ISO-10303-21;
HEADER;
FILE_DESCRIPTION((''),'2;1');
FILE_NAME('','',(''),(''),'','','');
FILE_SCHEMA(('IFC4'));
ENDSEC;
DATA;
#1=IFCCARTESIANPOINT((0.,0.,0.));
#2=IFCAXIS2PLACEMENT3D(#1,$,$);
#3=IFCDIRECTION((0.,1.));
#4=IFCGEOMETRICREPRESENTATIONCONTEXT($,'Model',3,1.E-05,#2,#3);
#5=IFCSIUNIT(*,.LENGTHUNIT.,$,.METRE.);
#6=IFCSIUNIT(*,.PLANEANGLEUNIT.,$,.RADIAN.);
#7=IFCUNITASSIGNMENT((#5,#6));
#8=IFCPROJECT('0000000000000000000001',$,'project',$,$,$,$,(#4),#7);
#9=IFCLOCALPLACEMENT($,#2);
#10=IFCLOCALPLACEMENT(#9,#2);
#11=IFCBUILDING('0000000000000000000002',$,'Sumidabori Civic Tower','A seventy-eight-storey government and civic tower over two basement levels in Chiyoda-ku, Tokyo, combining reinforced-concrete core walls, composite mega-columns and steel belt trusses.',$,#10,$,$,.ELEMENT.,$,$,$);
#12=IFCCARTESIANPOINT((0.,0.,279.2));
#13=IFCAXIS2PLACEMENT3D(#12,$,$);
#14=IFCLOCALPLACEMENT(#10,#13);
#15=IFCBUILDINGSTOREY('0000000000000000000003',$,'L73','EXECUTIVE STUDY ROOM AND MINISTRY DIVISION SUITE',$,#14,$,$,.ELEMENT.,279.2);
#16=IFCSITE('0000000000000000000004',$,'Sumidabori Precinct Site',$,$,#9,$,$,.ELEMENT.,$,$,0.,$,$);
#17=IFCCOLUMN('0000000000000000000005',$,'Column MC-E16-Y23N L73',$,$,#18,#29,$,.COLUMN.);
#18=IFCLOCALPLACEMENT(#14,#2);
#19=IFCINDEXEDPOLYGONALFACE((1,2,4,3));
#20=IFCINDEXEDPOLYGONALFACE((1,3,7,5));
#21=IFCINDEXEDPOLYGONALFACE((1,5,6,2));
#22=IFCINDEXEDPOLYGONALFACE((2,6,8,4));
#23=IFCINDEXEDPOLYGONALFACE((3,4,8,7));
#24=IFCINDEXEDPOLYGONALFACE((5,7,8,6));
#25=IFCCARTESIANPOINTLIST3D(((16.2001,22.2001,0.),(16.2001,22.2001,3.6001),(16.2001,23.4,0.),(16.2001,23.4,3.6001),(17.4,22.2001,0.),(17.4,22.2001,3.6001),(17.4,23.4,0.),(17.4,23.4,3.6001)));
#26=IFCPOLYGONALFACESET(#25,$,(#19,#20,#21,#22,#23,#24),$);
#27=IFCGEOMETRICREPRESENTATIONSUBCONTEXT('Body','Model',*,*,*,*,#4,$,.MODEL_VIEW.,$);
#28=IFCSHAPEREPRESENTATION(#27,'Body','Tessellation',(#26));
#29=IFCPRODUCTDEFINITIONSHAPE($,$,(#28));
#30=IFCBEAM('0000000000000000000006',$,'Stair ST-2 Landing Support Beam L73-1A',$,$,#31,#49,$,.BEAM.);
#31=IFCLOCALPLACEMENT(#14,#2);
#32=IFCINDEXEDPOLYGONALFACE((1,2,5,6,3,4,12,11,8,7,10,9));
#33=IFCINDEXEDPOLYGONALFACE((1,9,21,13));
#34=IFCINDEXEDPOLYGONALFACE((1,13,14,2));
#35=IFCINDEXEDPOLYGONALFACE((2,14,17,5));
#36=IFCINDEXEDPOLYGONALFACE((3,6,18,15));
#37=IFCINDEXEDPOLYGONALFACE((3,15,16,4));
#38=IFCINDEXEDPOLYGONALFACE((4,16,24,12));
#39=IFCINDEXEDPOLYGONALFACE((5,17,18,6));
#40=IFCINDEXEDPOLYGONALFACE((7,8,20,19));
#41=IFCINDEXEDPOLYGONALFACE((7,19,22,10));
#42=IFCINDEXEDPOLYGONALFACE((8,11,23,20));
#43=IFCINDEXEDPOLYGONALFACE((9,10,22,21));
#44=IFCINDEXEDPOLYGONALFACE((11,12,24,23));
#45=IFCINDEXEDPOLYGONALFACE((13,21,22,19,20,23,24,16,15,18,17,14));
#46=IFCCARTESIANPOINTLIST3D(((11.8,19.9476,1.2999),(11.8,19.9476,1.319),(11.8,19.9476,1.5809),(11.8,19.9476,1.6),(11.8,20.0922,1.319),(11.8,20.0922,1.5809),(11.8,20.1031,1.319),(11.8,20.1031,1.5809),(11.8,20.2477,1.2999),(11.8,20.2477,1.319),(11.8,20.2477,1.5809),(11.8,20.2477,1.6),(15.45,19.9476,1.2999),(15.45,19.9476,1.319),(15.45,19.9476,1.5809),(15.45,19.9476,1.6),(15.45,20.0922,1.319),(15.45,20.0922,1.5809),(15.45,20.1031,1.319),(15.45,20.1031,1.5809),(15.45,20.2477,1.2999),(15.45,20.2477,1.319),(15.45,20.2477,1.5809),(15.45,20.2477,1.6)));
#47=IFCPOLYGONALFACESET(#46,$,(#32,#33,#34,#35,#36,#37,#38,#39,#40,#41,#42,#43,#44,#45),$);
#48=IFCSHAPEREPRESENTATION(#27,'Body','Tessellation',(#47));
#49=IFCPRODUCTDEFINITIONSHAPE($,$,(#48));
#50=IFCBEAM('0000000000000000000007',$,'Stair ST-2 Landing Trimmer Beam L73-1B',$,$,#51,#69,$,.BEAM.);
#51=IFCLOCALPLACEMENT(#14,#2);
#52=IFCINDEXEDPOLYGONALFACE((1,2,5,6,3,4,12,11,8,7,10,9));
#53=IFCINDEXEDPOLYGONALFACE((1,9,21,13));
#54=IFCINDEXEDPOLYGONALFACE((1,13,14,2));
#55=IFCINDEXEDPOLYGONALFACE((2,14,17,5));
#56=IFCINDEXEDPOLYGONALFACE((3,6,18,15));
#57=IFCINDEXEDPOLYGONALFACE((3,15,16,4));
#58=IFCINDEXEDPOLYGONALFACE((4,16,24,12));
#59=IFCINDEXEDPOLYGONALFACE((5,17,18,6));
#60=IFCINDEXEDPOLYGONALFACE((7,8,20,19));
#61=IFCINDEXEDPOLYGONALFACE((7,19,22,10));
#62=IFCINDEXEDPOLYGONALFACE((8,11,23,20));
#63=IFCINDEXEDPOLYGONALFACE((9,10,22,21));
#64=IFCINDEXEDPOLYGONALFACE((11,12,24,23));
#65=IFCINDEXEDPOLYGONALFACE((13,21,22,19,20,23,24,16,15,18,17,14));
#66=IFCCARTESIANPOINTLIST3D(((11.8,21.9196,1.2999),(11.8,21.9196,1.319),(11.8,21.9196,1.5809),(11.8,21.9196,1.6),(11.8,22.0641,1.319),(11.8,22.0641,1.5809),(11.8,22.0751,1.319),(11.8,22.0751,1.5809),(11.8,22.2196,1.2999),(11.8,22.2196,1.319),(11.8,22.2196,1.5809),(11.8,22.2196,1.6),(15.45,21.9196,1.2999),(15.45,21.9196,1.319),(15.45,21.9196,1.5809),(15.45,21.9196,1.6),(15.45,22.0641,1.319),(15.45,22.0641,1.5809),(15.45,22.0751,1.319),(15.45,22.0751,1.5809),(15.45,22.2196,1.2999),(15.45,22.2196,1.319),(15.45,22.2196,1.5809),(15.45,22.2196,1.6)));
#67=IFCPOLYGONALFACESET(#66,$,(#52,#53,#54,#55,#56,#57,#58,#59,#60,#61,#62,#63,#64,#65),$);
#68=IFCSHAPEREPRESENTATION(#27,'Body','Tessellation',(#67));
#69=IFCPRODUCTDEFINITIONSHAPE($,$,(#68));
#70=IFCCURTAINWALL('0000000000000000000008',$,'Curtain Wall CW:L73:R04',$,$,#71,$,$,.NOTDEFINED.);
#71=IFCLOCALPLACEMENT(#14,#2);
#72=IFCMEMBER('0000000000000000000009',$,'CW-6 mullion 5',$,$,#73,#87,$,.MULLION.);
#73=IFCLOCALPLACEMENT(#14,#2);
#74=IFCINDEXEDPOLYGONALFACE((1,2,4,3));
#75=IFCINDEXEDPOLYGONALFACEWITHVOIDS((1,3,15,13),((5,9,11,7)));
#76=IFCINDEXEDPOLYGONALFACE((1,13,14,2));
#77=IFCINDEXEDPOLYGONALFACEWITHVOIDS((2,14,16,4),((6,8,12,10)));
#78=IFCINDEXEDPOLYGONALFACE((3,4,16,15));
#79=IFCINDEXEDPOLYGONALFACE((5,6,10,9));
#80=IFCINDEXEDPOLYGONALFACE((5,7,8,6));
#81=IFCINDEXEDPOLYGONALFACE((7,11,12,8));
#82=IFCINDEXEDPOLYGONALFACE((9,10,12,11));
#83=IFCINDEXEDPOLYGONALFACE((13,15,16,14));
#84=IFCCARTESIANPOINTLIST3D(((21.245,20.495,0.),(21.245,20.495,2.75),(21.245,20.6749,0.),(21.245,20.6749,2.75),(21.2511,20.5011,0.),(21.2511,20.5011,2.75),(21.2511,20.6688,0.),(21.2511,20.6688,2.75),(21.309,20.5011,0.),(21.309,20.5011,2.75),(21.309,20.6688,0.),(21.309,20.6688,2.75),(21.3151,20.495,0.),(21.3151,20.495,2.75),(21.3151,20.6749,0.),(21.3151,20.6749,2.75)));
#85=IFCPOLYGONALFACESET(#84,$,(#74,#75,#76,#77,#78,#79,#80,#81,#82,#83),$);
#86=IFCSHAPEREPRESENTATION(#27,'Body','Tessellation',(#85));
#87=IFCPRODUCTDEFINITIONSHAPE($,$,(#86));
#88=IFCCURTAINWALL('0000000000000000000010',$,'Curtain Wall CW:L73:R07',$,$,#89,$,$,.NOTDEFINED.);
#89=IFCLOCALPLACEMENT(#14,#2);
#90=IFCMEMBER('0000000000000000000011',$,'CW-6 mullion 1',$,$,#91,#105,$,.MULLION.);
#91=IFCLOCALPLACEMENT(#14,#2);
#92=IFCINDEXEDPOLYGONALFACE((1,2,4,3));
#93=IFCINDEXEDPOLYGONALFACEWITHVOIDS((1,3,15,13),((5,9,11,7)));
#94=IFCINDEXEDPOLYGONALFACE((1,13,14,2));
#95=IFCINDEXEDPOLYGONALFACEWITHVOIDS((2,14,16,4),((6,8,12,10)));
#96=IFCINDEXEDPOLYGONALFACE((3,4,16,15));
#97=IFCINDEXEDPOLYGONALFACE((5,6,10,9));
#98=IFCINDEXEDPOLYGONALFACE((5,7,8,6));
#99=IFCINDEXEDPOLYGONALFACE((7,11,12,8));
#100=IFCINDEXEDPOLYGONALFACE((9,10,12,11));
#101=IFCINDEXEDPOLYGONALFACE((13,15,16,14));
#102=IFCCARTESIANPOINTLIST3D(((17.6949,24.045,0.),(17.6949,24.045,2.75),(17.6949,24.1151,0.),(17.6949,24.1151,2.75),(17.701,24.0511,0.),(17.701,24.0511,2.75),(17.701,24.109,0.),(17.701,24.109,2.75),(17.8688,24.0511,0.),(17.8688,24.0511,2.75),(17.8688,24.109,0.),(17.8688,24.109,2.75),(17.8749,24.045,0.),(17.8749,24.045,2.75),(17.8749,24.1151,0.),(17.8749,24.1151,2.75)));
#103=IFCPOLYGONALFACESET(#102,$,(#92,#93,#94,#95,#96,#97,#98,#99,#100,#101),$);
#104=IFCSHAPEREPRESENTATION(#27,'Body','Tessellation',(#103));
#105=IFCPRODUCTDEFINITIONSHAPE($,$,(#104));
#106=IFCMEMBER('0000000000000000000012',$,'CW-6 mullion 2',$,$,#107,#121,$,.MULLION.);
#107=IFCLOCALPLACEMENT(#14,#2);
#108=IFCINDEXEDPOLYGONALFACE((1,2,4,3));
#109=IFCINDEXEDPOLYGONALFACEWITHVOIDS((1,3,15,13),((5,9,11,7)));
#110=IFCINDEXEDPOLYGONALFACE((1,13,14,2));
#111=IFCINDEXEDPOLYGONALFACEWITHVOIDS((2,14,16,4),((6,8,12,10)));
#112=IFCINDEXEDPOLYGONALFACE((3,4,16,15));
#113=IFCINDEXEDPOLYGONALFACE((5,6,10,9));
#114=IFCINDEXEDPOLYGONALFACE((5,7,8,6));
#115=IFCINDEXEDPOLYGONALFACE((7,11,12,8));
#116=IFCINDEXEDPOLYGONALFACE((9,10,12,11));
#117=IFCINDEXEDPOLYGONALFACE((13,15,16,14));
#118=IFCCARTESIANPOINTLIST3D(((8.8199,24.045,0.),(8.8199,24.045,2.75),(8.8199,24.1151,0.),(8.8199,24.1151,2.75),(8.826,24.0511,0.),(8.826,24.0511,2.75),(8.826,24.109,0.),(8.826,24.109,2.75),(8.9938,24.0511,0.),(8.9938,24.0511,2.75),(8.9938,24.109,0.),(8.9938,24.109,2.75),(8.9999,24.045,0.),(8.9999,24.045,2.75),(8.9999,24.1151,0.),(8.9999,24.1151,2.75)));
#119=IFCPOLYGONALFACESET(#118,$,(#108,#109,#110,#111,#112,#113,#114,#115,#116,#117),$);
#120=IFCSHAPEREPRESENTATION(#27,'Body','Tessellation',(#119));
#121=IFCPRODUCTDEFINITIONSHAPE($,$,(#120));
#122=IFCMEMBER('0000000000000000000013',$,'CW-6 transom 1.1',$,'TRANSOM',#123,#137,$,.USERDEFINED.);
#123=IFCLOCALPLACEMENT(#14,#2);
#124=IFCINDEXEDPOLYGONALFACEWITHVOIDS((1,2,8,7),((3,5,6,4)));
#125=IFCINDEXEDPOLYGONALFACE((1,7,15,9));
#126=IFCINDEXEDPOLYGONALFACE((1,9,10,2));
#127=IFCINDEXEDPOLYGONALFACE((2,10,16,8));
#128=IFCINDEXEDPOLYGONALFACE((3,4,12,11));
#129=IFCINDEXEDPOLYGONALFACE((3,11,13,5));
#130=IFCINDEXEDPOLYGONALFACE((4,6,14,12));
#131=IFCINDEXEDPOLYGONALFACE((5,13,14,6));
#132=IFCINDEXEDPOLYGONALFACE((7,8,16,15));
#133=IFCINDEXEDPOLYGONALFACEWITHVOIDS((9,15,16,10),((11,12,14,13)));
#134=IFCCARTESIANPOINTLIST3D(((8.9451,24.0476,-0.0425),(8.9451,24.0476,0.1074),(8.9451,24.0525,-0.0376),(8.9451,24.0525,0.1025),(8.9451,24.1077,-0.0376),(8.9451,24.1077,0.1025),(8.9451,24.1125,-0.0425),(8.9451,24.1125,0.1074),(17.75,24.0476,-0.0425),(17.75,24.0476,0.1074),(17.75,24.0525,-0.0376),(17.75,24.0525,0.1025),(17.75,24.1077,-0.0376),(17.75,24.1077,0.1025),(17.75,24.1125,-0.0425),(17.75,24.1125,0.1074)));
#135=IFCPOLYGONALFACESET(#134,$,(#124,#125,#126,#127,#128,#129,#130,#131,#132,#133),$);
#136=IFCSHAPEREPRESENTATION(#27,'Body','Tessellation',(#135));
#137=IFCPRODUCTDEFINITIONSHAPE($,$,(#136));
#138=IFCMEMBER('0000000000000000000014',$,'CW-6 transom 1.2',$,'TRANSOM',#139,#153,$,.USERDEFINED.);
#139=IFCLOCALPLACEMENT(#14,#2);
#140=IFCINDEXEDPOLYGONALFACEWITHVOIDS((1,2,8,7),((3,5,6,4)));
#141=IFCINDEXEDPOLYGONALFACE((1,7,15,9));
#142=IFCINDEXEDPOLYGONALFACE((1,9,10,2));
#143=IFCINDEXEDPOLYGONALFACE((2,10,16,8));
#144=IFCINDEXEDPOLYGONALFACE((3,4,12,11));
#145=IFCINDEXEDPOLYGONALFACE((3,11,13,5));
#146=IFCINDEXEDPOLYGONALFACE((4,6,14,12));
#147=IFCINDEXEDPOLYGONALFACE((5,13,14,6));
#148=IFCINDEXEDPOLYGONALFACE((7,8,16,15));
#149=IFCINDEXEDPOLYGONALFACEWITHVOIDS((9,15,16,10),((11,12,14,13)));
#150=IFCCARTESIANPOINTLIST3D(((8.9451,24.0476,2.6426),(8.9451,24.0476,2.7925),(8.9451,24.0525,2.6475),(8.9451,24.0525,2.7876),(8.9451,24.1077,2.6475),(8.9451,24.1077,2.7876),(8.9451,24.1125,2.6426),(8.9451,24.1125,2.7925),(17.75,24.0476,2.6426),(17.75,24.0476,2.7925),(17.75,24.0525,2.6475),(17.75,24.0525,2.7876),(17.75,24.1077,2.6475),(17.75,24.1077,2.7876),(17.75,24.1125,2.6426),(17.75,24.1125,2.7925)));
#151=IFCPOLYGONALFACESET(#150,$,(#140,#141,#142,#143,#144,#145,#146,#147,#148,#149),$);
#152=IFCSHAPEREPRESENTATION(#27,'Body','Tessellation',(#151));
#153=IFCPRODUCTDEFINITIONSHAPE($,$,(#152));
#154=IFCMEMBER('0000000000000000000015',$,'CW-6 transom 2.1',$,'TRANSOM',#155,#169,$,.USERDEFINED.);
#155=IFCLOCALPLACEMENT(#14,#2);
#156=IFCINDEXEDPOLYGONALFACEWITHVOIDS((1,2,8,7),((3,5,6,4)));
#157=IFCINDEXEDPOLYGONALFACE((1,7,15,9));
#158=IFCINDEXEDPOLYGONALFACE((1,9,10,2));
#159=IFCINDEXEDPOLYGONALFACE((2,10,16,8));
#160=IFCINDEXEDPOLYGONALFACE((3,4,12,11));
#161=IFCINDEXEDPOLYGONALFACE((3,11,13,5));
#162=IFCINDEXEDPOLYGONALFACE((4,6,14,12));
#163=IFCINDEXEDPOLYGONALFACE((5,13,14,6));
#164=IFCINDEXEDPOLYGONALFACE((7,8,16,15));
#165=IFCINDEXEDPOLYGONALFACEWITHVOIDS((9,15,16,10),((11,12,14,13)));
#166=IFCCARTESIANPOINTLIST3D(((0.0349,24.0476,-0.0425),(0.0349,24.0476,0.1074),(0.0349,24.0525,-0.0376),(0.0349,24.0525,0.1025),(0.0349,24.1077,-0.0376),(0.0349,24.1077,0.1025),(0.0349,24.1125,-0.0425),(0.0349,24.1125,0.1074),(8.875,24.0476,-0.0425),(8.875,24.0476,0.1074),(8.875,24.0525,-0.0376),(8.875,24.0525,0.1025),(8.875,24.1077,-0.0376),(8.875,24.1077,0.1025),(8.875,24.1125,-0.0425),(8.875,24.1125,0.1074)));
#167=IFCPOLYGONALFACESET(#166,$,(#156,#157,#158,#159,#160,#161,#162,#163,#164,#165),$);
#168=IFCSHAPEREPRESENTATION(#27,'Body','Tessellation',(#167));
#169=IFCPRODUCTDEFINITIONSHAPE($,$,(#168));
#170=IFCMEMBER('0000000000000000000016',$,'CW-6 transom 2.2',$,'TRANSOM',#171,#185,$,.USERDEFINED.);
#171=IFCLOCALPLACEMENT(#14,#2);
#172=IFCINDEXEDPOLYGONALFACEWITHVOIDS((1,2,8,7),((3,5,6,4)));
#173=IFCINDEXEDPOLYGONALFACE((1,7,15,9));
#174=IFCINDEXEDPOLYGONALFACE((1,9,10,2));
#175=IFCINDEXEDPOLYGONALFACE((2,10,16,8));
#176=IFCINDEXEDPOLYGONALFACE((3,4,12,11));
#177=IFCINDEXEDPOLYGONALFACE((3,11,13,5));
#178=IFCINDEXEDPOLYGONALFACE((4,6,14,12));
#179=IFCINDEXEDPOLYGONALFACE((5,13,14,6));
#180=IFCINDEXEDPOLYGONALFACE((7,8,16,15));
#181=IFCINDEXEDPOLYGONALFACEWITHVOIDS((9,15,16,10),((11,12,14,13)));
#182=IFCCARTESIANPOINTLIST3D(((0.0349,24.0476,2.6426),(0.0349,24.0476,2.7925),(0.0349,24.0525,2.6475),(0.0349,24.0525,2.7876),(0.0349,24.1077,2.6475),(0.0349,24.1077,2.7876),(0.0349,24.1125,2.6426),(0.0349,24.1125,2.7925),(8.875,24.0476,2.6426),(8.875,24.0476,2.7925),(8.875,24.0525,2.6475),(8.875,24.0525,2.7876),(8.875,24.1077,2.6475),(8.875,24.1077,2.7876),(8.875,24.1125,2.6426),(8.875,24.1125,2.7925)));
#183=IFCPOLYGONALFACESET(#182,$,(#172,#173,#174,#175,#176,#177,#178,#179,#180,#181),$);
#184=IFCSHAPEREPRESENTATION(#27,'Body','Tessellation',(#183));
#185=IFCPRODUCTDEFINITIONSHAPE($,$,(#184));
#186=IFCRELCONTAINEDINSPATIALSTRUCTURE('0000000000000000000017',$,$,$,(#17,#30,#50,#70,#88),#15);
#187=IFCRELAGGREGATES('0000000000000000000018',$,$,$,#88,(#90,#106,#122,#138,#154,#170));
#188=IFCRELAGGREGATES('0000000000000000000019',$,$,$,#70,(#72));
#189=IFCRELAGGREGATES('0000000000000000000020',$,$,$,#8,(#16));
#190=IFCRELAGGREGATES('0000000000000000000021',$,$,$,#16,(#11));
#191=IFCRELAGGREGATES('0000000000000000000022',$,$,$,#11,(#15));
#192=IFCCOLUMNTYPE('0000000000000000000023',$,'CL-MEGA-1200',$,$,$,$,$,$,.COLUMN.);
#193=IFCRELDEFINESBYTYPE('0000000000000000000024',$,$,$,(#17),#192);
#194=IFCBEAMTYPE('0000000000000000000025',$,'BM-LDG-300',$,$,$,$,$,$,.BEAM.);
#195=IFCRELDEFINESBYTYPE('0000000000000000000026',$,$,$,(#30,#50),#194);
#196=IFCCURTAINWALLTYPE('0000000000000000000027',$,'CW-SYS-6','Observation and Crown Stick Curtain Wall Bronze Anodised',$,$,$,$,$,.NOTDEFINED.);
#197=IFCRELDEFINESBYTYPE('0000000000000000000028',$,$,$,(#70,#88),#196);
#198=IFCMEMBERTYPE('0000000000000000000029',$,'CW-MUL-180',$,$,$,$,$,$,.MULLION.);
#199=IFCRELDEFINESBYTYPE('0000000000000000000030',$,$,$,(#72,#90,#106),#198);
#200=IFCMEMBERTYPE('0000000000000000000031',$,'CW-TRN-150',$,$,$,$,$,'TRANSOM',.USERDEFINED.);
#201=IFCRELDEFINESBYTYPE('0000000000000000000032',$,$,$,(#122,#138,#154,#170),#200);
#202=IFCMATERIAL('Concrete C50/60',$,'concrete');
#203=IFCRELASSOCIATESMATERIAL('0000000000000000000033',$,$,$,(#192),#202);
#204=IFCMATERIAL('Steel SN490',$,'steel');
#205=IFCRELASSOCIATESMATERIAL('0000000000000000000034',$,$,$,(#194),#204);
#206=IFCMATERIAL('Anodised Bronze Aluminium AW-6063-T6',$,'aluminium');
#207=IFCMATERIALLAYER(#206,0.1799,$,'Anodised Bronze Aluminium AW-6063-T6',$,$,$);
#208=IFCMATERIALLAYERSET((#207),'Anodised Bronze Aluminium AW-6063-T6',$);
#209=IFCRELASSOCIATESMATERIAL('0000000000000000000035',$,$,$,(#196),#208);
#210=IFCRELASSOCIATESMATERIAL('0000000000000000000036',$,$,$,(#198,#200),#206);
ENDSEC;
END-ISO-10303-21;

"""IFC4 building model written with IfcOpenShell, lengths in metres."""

from ifc_helpers import new_model, si_unit, direction, frame, origin, origin_2d, place, context, subcontext, project, spatial, rectangle, hollow_rectangle, i_section, extrude, source, transform, mapped, material, layer, layer_set, material_profile, profile_set, type_object, element, aggregate, save


model = new_model("IFC4")

# Units and contexts
model_context = context("Model", 3, precision=1e-05, world=origin(), true_north=direction((0.0, 1.0)))
body_context = subcontext(model_context, "Body", "Model", "MODEL_VIEW")
ifc_project = project(units=[si_unit("LENGTHUNIT", "METRE"), si_unit("PLANEANGLEUNIT", "RADIAN")], contexts=[model_context])

# Site, building, storey
site_placement = place(None, origin())
site = spatial("IfcSite", under=ifc_project, at=site_placement, Name="Sumidabori Precinct Site", CompositionType="ELEMENT", RefElevation=0.0)
building_placement = place(site_placement, origin())
building = spatial("IfcBuilding", under=site, at=building_placement, Name="Sumidabori Civic Tower", Description="A seventy-eight-storey government and civic tower over two basement levels in Chiyoda-ku, Tokyo, combining reinforced-concrete core walls, composite mega-columns and steel belt trusses.", CompositionType="ELEMENT")
storey_placement = place(building_placement, frame((0.0, 0.0, 279.2)))
storey = spatial("IfcBuildingStorey", under=building, at=storey_placement, Name="L73", Description="EXECUTIVE STUDY ROOM AND MINISTRY DIVISION SUITE", CompositionType="ELEMENT", Elevation=279.2)

# Column
ifc_material_1 = material(Name="Concrete C50/60", Category="concrete")
ifc_material_profile_1 = material_profile(ifc_material_1, rectangle(XDim=1.2, YDim=1.2, at=origin_2d()), Name="RC 1200x1200")
ifc_profile_set_1 = profile_set([ifc_material_profile_1], Name="Concrete C50/60")
column_type = type_object("IfcColumnType", Name="CL-MEGA-1200", PredefinedType="COLUMN", material=ifc_profile_set_1)
shared_shape_1 = source(origin(), body_context, "Body", "SweptSolid", [
    extrude(rectangle(XDim=1.2, YDim=1.2, at=origin_2d()), origin(), (0.0, 0.0, 1.0), 3.6001),
])
column_placement = place(storey_placement, frame((16.8, 22.8, 0.0), z_axis=(0.0, 0.0, 1.0), x_axis=(1.0, 0.0, 0.0)))
element("IfcColumn", 1, at=column_placement, inside=storey, type_object=column_type, Name="Column MC-E16-Y23N L73", PredefinedType="COLUMN", context=body_context, shape_type="MappedRepresentation", body=[
    mapped(shared_shape_1, transform((0.0, 0.0, 0.0), x_axis=(1.0, 0.0, 0.0), y_axis=(0.0, 1.0, 0.0), z_axis=(0.0, 0.0, 1.0), scale=1.0)),
])

# Beams
ifc_material_2 = material(Name="Steel SN490", Category="steel")
ifc_material_profile_2 = material_profile(ifc_material_2, i_section(OverallWidth=0.3, OverallDepth=0.3, WebThickness=0.011, FlangeThickness=0.019, at=origin_2d()), Name="HE 300 B")
ifc_profile_set_2 = profile_set([ifc_material_profile_2], Name="Steel SN490")
beam_type = type_object("IfcBeamType", Name="BM-LDG-300", PredefinedType="BEAM", material=ifc_profile_set_2)
shared_shape_2 = source(origin(), body_context, "Body", "SweptSolid", [
    extrude(i_section(OverallWidth=0.3, OverallDepth=0.3, WebThickness=0.011, FlangeThickness=0.019, at=origin_2d()), origin(), (0.0, 0.0, 1.0), 3.6499),
])
for number, where, z_axis, x_axis, name in (
    (2, (11.8, 20.0977, 1.45), (1.0, 0.0, 0.0), (0.0, 1.0, 0.0), "Stair ST-2 Landing Support Beam L73-1A"),
    (3, (11.8, 22.0696, 1.45), (1.0, 0.0, 0.0), (0.0, 1.0, 0.0), "Stair ST-2 Landing Trimmer Beam L73-1B"),
):
    element("IfcBeam", number, at=place(storey_placement, frame(where, z_axis=z_axis, x_axis=x_axis)), inside=storey, type_object=beam_type, Name=name, PredefinedType="BEAM", context=body_context, shape_type="MappedRepresentation", body=[
        mapped(shared_shape_2, transform((0.0, 0.0, 0.0), x_axis=(1.0, 0.0, 0.0), y_axis=(0.0, 1.0, 0.0), z_axis=(0.0, 0.0, 1.0), scale=1.0)),
    ])

# Curtain wall, member
ifc_material_3 = material(Name="Anodised Bronze Aluminium AW-6063-T6", Category="aluminium")
ifc_layer_1 = layer(ifc_material_3, 0.1799, Name="Anodised Bronze Aluminium AW-6063-T6")
ifc_layer_set_1 = layer_set([ifc_layer_1], Name="Anodised Bronze Aluminium AW-6063-T6")
curtain_wall_type = type_object("IfcCurtainWallType", Name="CW-SYS-6", Description="Observation and Crown Stick Curtain Wall Bronze Anodised", PredefinedType="NOTDEFINED", material=ifc_layer_set_1)
curtain_wall_1_placement = place(storey_placement, origin())
curtain_wall_1 = element("IfcCurtainWall", 4, at=curtain_wall_1_placement, inside=storey, type_object=curtain_wall_type, Name="Curtain Wall CW:L73:R04", PredefinedType="NOTDEFINED")
ifc_material_profile_3 = material_profile(ifc_material_3, hollow_rectangle(XDim=0.0701, YDim=0.1799, WallThickness=0.0061, at=origin_2d()), Name="ALU MULLION 180x70")
ifc_profile_set_3 = profile_set([ifc_material_profile_3], Name="Anodised Bronze Aluminium AW-6063-T6")
member_type_1 = type_object("IfcMemberType", Name="CW-MUL-180", PredefinedType="MULLION", material=ifc_profile_set_3)
shared_shape_3 = source(origin(), body_context, "Body", "SweptSolid", [
    extrude(hollow_rectangle(XDim=0.0701, YDim=0.1799, WallThickness=0.0061, at=origin_2d()), origin(), (0.0, 0.0, 1.0), 2.75),
])
member_1_placement = place(storey_placement, frame((21.28, 20.585, 0.0), z_axis=(0.0, 0.0, 1.0), x_axis=(-1.0, 0.0, 0.0)))
member_1 = element("IfcMember", 5, at=member_1_placement, type_object=member_type_1, Name="CW-6 mullion 5", PredefinedType="MULLION", context=body_context, shape_type="MappedRepresentation", body=[
    mapped(shared_shape_3, transform((0.0, 0.0, 0.0), x_axis=(1.0, 0.0, 0.0), y_axis=(0.0, 1.0, 0.0), z_axis=(0.0, 0.0, 1.0), scale=1.0)),
])

# Curtain wall, members
curtain_wall_2_placement = place(storey_placement, origin())
curtain_wall_2 = element("IfcCurtainWall", 6, at=curtain_wall_2_placement, inside=storey, type_object=curtain_wall_type, Name="Curtain Wall CW:L73:R07", PredefinedType="NOTDEFINED")
member_2_placement = place(storey_placement, frame((17.7849, 24.0801, 0.0), z_axis=(0.0, 0.0, 1.0), x_axis=(0.0, -1.0, 0.0)))
member_2 = element("IfcMember", 7, at=member_2_placement, type_object=member_type_1, Name="CW-6 mullion 1", PredefinedType="MULLION", context=body_context, shape_type="MappedRepresentation", body=[
    mapped(shared_shape_3, transform((0.0, 0.0, 0.0), x_axis=(1.0, 0.0, 0.0), y_axis=(0.0, 1.0, 0.0), z_axis=(0.0, 0.0, 1.0), scale=1.0)),
])
member_3_placement = place(storey_placement, frame((8.9099, 24.0801, 0.0), z_axis=(0.0, 0.0, 1.0), x_axis=(0.0, -1.0, 0.0)))
member_3 = element("IfcMember", 8, at=member_3_placement, type_object=member_type_1, Name="CW-6 mullion 2", PredefinedType="MULLION", context=body_context, shape_type="MappedRepresentation", body=[
    mapped(shared_shape_3, transform((0.0, 0.0, 0.0), x_axis=(1.0, 0.0, 0.0), y_axis=(0.0, 1.0, 0.0), z_axis=(0.0, 0.0, 1.0), scale=1.0)),
])
ifc_material_profile_4 = material_profile(ifc_material_3, hollow_rectangle(XDim=0.0649, YDim=0.1499, WallThickness=0.0049, at=origin_2d()), Name="ALU TRANSOM 150x65")
ifc_profile_set_4 = profile_set([ifc_material_profile_4], Name="Anodised Bronze Aluminium AW-6063-T6")
member_type_2 = type_object("IfcMemberType", Name="CW-TRN-150", ElementType="TRANSOM", PredefinedType="USERDEFINED", material=ifc_profile_set_4)
shared_shape_4 = source(origin(), body_context, "Body", "SweptSolid", [
    extrude(hollow_rectangle(XDim=0.0649, YDim=0.1499, WallThickness=0.0049, at=origin_2d()), origin(), (0.0, 0.0, 1.0), 8.8049),
])
member_4_placement = place(storey_placement, frame((17.75, 24.0801, 0.0325), z_axis=(-1.0, 0.0, 0.0), x_axis=(0.0, -1.0, 0.0)))
member_4 = element("IfcMember", 9, at=member_4_placement, type_object=member_type_2, Name="CW-6 transom 1.1", ObjectType="TRANSOM", PredefinedType="USERDEFINED", context=body_context, shape_type="MappedRepresentation", body=[
    mapped(shared_shape_4, transform((0.0, 0.0, 0.0), x_axis=(1.0, 0.0, 0.0), y_axis=(0.0, 1.0, 0.0), z_axis=(0.0, 0.0, 1.0), scale=1.0)),
])
member_5_placement = place(storey_placement, frame((17.75, 24.0801, 2.7175), z_axis=(-1.0, 0.0, 0.0), x_axis=(0.0, -1.0, 0.0)))
member_5 = element("IfcMember", 10, at=member_5_placement, type_object=member_type_2, Name="CW-6 transom 1.2", ObjectType="TRANSOM", PredefinedType="USERDEFINED", context=body_context, shape_type="MappedRepresentation", body=[
    mapped(shared_shape_4, transform((0.0, 0.0, 0.0), x_axis=(1.0, 0.0, 0.0), y_axis=(0.0, 1.0, 0.0), z_axis=(0.0, 0.0, 1.0), scale=1.0)),
])
shared_shape_5 = source(origin(), body_context, "Body", "SweptSolid", [
    extrude(hollow_rectangle(XDim=0.0649, YDim=0.1499, WallThickness=0.0049, at=origin_2d()), origin(), (0.0, 0.0, 1.0), 8.8401),
])
member_6_placement = place(storey_placement, frame((8.875, 24.0801, 0.0325), z_axis=(-1.0, 0.0, 0.0), x_axis=(0.0, -1.0, 0.0)))
member_6 = element("IfcMember", 11, at=member_6_placement, type_object=member_type_2, Name="CW-6 transom 2.1", ObjectType="TRANSOM", PredefinedType="USERDEFINED", context=body_context, shape_type="MappedRepresentation", body=[
    mapped(shared_shape_5, transform((0.0, 0.0, 0.0), x_axis=(1.0, 0.0, 0.0), y_axis=(0.0, 1.0, 0.0), z_axis=(0.0, 0.0, 1.0), scale=1.0)),
])
member_7_placement = place(storey_placement, frame((8.875, 24.0801, 2.7175), z_axis=(-1.0, 0.0, 0.0), x_axis=(0.0, -1.0, 0.0)))
member_7 = element("IfcMember", 12, at=member_7_placement, type_object=member_type_2, Name="CW-6 transom 2.2", ObjectType="TRANSOM", PredefinedType="USERDEFINED", context=body_context, shape_type="MappedRepresentation", body=[
    mapped(shared_shape_5, transform((0.0, 0.0, 0.0), x_axis=(1.0, 0.0, 0.0), y_axis=(0.0, 1.0, 0.0), z_axis=(0.0, 0.0, 1.0), scale=1.0)),
])
aggregate(curtain_wall_2, [member_2, member_3, member_4, member_5, member_6, member_7])

aggregate(curtain_wall_1, [member_1])

save(model, "model.ifc")
